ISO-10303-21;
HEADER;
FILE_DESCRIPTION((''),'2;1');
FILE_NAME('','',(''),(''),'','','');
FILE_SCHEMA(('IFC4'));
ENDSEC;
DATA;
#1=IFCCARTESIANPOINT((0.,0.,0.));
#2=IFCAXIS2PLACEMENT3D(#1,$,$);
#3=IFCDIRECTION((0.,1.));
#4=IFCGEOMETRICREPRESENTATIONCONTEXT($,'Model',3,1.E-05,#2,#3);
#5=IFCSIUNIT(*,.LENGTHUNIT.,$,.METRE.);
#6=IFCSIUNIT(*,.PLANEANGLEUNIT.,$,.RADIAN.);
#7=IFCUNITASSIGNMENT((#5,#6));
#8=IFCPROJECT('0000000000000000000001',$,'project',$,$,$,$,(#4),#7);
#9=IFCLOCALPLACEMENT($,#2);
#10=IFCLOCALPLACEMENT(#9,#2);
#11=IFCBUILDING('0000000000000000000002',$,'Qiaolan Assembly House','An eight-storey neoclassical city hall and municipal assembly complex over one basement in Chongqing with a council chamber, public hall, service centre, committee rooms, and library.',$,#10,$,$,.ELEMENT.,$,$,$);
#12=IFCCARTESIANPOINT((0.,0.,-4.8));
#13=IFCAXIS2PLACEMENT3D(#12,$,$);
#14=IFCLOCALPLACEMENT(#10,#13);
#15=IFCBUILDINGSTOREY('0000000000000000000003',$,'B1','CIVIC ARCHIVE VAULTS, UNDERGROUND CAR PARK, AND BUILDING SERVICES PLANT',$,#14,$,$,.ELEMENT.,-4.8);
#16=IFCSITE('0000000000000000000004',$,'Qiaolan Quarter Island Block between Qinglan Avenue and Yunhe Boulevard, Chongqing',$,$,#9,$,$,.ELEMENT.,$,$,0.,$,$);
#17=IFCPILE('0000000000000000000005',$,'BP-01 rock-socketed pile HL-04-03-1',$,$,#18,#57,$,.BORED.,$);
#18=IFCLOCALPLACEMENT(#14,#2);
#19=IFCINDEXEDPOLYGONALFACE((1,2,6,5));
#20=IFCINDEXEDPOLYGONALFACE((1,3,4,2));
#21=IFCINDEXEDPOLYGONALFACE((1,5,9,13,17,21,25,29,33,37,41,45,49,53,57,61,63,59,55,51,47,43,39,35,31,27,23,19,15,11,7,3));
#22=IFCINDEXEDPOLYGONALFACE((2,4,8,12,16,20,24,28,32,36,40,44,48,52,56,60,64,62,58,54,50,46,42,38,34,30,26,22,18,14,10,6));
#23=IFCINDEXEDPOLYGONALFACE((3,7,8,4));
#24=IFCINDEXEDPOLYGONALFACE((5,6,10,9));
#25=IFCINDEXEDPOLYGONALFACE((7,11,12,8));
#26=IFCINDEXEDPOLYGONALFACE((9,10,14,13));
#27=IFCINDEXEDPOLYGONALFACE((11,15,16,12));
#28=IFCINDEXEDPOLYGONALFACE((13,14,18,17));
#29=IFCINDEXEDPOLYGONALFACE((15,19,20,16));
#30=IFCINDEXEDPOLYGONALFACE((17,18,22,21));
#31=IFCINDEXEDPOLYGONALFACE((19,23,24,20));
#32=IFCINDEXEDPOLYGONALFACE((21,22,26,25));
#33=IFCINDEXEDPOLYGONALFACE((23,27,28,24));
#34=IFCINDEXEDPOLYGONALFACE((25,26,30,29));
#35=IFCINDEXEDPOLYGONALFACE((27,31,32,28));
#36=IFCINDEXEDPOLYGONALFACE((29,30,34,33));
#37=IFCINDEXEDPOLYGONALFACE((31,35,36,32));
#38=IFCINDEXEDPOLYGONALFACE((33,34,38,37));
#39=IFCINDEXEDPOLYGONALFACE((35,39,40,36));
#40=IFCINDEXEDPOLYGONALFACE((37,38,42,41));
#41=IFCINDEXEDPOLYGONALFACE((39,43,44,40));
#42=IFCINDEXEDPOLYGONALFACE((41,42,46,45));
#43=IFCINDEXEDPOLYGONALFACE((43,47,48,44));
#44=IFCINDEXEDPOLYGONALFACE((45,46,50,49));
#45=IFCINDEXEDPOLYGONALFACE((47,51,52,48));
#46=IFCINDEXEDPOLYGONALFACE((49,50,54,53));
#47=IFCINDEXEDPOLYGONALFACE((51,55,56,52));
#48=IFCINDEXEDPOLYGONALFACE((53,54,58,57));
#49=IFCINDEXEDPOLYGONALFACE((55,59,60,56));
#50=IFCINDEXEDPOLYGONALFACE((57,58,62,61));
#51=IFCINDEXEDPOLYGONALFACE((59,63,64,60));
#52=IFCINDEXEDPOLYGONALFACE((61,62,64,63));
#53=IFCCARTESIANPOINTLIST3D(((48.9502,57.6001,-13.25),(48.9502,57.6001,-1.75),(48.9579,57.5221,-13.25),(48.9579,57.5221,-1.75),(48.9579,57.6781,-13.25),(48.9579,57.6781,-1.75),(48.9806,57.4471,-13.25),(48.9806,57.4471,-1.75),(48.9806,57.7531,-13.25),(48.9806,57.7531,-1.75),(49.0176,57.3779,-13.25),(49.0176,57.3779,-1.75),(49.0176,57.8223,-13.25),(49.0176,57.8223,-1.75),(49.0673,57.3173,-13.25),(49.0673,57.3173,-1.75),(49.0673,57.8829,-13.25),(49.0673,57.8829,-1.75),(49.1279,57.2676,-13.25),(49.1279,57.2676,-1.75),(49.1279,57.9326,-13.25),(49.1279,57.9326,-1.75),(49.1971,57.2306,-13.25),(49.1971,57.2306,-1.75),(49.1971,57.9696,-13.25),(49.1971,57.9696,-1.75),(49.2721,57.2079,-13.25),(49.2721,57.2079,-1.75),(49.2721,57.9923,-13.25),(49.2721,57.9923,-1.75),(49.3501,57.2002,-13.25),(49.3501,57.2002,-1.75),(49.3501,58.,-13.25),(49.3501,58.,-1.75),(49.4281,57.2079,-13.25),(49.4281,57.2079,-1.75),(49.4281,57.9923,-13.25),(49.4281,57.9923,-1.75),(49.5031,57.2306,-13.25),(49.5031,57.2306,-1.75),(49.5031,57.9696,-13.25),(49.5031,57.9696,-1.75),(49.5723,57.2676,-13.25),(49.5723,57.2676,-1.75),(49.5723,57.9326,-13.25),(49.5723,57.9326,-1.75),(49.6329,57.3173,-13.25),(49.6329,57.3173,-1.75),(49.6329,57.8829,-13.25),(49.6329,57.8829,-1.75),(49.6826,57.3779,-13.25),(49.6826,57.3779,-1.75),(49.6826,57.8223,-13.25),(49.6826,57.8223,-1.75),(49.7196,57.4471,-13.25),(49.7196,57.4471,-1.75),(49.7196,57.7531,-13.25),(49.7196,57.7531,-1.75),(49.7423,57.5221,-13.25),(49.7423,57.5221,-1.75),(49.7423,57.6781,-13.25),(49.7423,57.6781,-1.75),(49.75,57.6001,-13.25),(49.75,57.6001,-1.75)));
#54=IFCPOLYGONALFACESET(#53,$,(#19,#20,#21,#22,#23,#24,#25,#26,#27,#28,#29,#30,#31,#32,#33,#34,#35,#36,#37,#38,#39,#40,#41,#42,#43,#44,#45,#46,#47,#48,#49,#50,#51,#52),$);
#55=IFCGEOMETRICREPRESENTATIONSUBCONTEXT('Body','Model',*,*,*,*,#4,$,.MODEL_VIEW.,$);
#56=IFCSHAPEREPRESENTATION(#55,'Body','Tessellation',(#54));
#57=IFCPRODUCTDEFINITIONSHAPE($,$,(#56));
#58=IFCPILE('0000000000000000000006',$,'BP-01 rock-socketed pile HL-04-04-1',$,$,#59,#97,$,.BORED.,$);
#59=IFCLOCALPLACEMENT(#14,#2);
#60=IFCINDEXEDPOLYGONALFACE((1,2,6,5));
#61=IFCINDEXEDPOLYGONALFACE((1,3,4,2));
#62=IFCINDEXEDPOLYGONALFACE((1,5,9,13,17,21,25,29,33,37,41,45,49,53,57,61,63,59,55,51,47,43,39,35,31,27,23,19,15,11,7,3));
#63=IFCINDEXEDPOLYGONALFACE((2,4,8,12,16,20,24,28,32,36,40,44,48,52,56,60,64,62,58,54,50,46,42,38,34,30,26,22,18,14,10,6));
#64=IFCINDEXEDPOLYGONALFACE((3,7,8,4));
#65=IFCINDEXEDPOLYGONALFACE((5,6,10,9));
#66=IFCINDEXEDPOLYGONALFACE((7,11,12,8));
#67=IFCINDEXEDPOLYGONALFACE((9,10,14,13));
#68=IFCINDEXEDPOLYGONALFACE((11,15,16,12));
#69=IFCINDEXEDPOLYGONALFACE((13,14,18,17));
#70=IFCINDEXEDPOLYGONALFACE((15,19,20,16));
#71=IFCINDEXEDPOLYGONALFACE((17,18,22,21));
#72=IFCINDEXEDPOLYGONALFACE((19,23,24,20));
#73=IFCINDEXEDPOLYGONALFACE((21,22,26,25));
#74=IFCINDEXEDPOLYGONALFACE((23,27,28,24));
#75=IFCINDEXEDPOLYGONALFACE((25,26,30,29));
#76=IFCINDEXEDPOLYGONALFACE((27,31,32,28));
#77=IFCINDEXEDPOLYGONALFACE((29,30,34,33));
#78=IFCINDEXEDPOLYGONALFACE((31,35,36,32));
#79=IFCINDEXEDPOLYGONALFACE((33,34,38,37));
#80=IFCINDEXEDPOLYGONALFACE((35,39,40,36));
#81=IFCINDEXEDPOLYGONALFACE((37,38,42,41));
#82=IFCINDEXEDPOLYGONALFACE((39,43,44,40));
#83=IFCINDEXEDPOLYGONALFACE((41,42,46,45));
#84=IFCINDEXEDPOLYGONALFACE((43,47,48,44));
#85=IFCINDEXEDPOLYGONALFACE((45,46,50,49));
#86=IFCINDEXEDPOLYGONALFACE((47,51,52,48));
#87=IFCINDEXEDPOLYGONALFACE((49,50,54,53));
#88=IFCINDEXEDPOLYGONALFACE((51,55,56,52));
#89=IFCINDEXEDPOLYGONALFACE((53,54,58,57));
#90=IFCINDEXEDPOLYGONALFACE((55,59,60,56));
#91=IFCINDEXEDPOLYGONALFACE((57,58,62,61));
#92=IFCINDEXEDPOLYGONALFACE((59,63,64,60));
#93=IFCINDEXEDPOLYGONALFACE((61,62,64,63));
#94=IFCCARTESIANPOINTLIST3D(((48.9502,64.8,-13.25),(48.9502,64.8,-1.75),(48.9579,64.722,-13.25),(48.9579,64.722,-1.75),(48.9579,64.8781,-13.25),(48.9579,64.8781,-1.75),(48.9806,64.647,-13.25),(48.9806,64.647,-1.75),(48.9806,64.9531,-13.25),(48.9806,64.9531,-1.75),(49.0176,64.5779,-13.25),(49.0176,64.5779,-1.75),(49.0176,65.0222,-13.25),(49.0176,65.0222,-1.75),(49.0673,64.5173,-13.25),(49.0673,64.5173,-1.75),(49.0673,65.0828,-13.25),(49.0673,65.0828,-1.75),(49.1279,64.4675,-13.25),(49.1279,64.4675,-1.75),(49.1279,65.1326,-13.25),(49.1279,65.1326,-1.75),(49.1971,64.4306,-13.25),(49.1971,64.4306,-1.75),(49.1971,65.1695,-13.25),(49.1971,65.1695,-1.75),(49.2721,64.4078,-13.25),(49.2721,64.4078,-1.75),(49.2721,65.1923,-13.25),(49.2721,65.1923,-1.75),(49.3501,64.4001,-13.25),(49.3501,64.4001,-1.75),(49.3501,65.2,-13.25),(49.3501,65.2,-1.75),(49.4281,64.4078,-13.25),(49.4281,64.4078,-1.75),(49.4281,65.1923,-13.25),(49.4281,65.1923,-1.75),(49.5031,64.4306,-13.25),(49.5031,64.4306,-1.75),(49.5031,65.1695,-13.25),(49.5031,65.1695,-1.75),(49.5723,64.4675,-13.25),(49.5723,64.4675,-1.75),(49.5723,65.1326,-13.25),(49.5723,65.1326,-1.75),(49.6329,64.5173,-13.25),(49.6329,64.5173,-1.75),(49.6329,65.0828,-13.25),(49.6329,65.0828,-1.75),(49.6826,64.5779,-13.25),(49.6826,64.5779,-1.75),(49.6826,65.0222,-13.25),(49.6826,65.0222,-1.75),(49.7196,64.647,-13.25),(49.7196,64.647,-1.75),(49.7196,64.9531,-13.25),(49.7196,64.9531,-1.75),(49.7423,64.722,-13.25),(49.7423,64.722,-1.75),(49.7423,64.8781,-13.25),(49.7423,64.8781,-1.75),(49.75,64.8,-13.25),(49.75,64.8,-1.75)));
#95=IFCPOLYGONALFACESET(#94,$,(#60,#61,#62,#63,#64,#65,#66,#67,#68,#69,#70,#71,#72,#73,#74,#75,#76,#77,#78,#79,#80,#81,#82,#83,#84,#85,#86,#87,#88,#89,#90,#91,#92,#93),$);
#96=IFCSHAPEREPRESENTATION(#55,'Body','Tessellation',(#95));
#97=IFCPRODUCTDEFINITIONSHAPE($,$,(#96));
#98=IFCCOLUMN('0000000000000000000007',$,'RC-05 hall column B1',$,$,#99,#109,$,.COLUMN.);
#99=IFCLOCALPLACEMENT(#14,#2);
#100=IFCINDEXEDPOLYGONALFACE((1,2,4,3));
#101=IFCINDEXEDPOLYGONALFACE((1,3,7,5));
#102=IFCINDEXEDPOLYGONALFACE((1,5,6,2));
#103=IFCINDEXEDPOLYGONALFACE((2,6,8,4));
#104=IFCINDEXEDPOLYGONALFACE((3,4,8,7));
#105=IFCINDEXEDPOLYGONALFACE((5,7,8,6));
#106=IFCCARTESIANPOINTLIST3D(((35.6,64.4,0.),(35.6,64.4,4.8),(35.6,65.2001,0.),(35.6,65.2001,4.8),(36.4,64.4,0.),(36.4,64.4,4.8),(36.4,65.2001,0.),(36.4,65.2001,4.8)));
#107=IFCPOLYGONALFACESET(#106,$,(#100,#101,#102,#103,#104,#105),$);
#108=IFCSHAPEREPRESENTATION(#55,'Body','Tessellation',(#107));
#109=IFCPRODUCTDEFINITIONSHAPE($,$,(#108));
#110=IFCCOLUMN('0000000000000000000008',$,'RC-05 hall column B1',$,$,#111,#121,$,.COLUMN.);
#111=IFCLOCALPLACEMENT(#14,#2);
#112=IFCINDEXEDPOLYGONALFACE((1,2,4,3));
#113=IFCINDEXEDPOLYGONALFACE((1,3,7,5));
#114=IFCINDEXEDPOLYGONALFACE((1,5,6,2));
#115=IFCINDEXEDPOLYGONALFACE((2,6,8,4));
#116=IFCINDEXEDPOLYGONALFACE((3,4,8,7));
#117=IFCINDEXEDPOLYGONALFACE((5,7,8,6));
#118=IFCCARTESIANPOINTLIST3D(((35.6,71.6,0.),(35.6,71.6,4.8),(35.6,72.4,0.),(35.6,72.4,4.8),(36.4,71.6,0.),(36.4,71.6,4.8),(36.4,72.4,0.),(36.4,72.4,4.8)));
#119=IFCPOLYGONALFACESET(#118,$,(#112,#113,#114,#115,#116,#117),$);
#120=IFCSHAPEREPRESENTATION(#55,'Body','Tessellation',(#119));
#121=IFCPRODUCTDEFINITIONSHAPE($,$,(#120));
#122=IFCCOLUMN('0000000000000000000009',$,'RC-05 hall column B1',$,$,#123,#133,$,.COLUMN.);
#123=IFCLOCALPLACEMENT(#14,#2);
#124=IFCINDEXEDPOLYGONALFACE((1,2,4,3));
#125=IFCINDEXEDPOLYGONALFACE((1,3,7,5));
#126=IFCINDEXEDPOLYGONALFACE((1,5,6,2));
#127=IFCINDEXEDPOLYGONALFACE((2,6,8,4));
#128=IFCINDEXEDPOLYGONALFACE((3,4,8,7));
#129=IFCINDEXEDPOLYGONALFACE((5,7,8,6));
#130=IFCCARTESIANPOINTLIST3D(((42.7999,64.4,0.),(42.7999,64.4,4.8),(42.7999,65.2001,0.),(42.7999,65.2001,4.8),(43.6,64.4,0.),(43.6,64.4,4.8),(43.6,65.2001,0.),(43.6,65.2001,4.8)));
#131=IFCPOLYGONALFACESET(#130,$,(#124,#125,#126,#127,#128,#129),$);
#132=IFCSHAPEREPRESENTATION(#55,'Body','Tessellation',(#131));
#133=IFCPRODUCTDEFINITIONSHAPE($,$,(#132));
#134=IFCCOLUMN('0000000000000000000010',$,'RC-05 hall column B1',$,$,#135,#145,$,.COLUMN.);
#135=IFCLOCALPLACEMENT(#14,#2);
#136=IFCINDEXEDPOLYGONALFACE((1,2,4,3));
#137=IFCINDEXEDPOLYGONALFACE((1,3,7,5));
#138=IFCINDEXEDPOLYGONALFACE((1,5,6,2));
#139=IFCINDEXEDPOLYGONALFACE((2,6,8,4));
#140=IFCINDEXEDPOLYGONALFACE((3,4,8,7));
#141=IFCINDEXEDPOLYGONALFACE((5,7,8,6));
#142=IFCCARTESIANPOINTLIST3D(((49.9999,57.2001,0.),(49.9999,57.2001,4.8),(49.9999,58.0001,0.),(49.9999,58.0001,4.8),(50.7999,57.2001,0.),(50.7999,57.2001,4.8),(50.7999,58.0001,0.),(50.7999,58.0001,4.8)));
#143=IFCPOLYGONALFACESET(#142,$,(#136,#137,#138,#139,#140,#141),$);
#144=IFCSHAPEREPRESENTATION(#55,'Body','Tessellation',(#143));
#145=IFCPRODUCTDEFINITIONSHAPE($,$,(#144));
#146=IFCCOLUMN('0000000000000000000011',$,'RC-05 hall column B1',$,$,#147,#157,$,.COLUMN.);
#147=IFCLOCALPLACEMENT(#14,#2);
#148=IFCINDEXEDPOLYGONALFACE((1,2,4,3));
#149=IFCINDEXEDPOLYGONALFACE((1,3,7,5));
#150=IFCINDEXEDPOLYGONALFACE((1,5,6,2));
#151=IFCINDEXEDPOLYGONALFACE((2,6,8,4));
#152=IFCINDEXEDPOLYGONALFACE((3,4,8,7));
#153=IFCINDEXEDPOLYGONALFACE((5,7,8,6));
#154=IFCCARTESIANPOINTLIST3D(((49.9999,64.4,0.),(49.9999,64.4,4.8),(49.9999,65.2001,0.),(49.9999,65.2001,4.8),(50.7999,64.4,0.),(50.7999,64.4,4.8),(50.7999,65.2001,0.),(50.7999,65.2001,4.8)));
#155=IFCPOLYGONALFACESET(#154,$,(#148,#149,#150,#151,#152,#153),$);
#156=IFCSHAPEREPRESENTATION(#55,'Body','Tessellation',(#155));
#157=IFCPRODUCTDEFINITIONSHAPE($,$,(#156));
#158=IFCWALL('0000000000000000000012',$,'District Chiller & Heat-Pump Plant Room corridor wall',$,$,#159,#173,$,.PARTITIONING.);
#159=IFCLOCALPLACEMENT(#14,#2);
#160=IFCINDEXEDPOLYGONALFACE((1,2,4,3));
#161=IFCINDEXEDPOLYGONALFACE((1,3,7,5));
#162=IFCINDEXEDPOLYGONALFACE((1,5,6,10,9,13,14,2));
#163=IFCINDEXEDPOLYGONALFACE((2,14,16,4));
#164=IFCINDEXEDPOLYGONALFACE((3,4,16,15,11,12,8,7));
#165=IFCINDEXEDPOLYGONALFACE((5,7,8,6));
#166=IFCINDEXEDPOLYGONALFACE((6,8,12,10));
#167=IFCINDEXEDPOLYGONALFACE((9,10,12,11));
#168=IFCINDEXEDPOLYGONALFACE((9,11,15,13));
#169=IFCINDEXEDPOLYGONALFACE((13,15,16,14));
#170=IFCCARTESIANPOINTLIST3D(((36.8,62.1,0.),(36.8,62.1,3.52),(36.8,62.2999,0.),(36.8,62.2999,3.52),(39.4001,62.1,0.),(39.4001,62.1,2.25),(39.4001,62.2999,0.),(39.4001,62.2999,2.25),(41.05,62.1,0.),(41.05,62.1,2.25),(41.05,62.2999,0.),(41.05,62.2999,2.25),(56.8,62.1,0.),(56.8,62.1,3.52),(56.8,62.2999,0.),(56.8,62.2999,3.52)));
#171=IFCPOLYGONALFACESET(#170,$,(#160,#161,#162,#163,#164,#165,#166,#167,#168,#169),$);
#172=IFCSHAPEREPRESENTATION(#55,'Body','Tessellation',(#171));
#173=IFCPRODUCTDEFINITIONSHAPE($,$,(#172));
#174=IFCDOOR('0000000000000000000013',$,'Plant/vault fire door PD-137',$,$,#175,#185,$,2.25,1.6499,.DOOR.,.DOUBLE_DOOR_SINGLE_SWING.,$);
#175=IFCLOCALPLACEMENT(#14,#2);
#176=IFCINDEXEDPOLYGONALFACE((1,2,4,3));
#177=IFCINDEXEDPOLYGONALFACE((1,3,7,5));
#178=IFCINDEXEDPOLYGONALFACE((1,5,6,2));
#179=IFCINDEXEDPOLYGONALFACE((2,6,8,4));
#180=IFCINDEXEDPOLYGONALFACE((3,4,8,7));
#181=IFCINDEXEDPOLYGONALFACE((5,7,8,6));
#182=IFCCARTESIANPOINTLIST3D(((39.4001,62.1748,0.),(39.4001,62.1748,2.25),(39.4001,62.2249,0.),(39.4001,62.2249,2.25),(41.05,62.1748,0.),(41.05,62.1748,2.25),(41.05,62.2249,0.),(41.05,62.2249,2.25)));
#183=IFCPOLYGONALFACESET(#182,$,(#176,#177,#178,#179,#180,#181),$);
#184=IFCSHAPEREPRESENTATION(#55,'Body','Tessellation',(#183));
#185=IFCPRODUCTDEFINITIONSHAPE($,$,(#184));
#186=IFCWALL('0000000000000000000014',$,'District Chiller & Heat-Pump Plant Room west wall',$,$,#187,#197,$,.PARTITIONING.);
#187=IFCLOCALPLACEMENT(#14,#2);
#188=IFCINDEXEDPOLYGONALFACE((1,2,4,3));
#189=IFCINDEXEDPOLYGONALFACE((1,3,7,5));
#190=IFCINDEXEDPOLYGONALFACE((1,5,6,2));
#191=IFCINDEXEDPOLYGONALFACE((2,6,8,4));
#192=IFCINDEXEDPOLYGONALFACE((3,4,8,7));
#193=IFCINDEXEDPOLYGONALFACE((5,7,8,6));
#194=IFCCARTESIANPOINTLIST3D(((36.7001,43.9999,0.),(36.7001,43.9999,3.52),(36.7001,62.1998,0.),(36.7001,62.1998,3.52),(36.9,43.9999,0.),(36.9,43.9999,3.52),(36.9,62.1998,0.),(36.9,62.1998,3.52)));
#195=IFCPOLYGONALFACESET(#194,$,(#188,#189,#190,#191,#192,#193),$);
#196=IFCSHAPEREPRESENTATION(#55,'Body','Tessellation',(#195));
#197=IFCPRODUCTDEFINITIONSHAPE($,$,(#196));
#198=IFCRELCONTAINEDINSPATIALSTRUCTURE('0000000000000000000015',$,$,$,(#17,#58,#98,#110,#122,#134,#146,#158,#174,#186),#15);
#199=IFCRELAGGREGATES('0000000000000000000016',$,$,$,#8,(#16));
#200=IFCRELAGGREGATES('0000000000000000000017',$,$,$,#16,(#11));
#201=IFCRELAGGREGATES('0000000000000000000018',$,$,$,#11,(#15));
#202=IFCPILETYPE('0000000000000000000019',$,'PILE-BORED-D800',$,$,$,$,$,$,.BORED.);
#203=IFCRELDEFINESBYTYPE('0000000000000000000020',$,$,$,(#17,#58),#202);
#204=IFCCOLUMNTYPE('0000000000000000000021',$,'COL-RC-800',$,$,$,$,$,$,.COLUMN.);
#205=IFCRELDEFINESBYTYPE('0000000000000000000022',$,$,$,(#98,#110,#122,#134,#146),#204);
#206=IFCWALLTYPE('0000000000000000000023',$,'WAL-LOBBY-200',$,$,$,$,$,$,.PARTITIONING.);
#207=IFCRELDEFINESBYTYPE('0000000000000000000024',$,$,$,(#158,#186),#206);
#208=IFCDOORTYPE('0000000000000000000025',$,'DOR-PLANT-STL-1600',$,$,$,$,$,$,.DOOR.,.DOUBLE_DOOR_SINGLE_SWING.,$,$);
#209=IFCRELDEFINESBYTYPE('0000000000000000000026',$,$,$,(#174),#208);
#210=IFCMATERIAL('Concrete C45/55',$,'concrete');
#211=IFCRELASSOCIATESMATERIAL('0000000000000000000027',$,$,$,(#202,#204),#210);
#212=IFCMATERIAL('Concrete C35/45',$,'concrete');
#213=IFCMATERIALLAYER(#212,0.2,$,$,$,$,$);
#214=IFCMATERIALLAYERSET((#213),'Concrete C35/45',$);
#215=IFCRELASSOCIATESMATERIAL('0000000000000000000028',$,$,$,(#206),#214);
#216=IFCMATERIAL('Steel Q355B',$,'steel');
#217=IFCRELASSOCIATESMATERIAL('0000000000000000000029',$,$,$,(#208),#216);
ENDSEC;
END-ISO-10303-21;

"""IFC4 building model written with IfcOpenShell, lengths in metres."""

from ifc_helpers import new_model, si_unit, direction, frame, frame_2d, origin, origin_2d, place, context, subcontext, project, spatial, rectangle, circle, extrude, material, layer, layer_set, material_profile, profile_set, type_object, element, fill, save


model = new_model("IFC4")

# Units and contexts
model_context = context("Model", 3, precision=1e-05, world=origin(), true_north=direction((0.0, 1.0)))
body_context = subcontext(model_context, "Body", "Model", "MODEL_VIEW")
ifc_project = project(units=[si_unit("LENGTHUNIT", "METRE"), si_unit("PLANEANGLEUNIT", "RADIAN")], contexts=[model_context])

# Site, building, storey
site_placement = place(None, origin())
site = spatial("IfcSite", under=ifc_project, at=site_placement, Name="Qiaolan Quarter Island Block between Qinglan Avenue and Yunhe Boulevard, Chongqing", CompositionType="ELEMENT", RefElevation=0.0)
building_placement = place(site_placement, origin())
building = spatial("IfcBuilding", under=site, at=building_placement, Name="Qiaolan Assembly House", Description="An eight-storey neoclassical city hall and municipal assembly complex over one basement in Chongqing with a council chamber, public hall, service centre, committee rooms, and library.", CompositionType="ELEMENT")
storey_placement = place(building_placement, frame((0.0, 0.0, -4.8)))
storey = spatial("IfcBuildingStorey", under=building, at=storey_placement, Name="B1", Description="CIVIC ARCHIVE VAULTS, UNDERGROUND CAR PARK, AND BUILDING SERVICES PLANT", CompositionType="ELEMENT", Elevation=-4.8)

# Piles
ifc_material_1 = material(Name="Concrete C45/55", Category="concrete")
ifc_material_profile_1 = material_profile(ifc_material_1, circle(Radius=0.3999, at=origin_2d()), Name="PILE D800")
ifc_profile_set_1 = profile_set([ifc_material_profile_1], Name="Concrete C45/55")
pile_type = type_object("IfcPileType", Name="PILE-BORED-D800", PredefinedType="BORED", material=ifc_profile_set_1)
for number, where, z_axis, x_axis, name in (
    (1, (49.3501, 57.6001, -1.75), (0.0, 0.0, -1.0), (1.0, 0.0, 0.0), "BP-01 rock-socketed pile HL-04-03-1"),
    (2, (49.3501, 64.8, -1.75), (0.0, 0.0, -1.0), (1.0, 0.0, 0.0), "BP-01 rock-socketed pile HL-04-04-1"),
):
    element("IfcPile", number, at=place(storey_placement, frame(where, z_axis=z_axis, x_axis=x_axis)), inside=storey, type_object=pile_type, Name=name, PredefinedType="BORED", context=body_context, shape_type="SweptSolid", body=[
        extrude(circle(Radius=0.3999, at=origin_2d()), origin(), (0.0, 0.0, 1.0), 11.5),
    ])

# Columns
ifc_material_profile_2 = material_profile(ifc_material_1, rectangle(XDim=0.8, YDim=0.8, at=origin_2d()), Name="RC 800x800")
ifc_profile_set_2 = profile_set([ifc_material_profile_2], Name="Concrete C45/55")
column_type = type_object("IfcColumnType", Name="COL-RC-800", PredefinedType="COLUMN", material=ifc_profile_set_2)
for number, where, z_axis, x_axis, name in (
    (3, (36.0, 64.8, 0.0), (0.0, 0.0, 1.0), (1.0, 0.0, 0.0), "RC-05 hall column B1"),
    (4, (36.0, 72.0, 0.0), (0.0, 0.0, 1.0), (1.0, 0.0, 0.0), "RC-05 hall column B1"),
    (5, (43.2, 64.8, 0.0), (0.0, 0.0, 1.0), (1.0, 0.0, 0.0), "RC-05 hall column B1"),
    (6, (50.3999, 57.6001, 0.0), (0.0, 0.0, 1.0), (1.0, 0.0, 0.0), "RC-05 hall column B1"),
    (7, (50.3999, 64.8, 0.0), (0.0, 0.0, 1.0), (1.0, 0.0, 0.0), "RC-05 hall column B1"),
):
    element("IfcColumn", number, at=place(storey_placement, frame(where, z_axis=z_axis, x_axis=x_axis)), inside=storey, type_object=column_type, Name=name, PredefinedType="COLUMN", context=body_context, shape_type="SweptSolid", body=[
        extrude(rectangle(XDim=0.8, YDim=0.8, at=origin_2d()), origin(), (0.0, 0.0, 1.0), 4.8),
    ])

# Wall, opening, door
ifc_material_2 = material(Name="Concrete C35/45", Category="concrete")
ifc_layer_1 = layer(ifc_material_2, 0.2)
ifc_layer_set_1 = layer_set([ifc_layer_1], Name="Concrete C35/45")
wall_type_1 = type_object("IfcWallType", Name="WAL-LOBBY-200", PredefinedType="PARTITIONING", material=ifc_layer_set_1)
wall_1_placement = place(storey_placement, frame((36.8, 62.2, 0.0), z_axis=(0.0, 0.0, 1.0), x_axis=(1.0, 0.0, 0.0)))
wall_1 = element("IfcWall", 8, at=wall_1_placement, inside=storey, type_object=wall_type_1, Name="District Chiller & Heat-Pump Plant Room corridor wall", PredefinedType="PARTITIONING", context=body_context, shape_type="SweptSolid", body=[
    extrude(rectangle(XDim=20.0, YDim=0.2, at=frame_2d((10.0, 0.0))), origin(), (0.0, 0.0, 1.0), 3.52),
])
opening_1_placement = place(wall_1_placement, frame((2.6001, 0.0, 0.0)))
opening_1 = element("IfcOpeningElement", 9, at=opening_1_placement, cuts=wall_1, PredefinedType="OPENING", context=body_context, shape_type="SweptSolid", body=[
    extrude(rectangle(XDim=1.6499, YDim=2.25, at=frame_2d((0.825, 1.125))), frame((0.0, 0.1099, 0.0), z_axis=(0.0, -1.0, 0.0), x_axis=(1.0, 0.0, 0.0)), (0.0, 0.0, 1.0), 0.22),
])
ifc_material_3 = material(Name="Steel Q355B", Category="steel")
door_type_1 = type_object("IfcDoorType", Name="DOR-PLANT-STL-1600", OperationType="DOUBLE_DOOR_SINGLE_SWING", PredefinedType="DOOR", material=ifc_material_3)
door_1_placement = place(opening_1_placement, origin())
door_1 = element("IfcDoor", 10, at=door_1_placement, inside=storey, type_object=door_type_1, Name="Plant/vault fire door PD-137", OperationType="DOUBLE_DOOR_SINGLE_SWING", OverallHeight=2.25, OverallWidth=1.6499, PredefinedType="DOOR", context=body_context, shape_type="SweptSolid", body=[
    extrude(rectangle(XDim=1.6499, YDim=2.25, at=frame_2d((0.825, 1.125))), frame((0.0, 0.0249, 0.0), z_axis=(0.0, -1.0, 0.0), x_axis=(1.0, 0.0, 0.0)), (0.0, 0.0, 1.0), 0.05),
])
fill(opening_1, door_1)

# Wall
wall_2_placement = place(storey_placement, frame((36.8, 62.2, 0.0), z_axis=(0.0, 0.0, 1.0), x_axis=(0.0, -1.0, 0.0)))
element("IfcWall", 11, at=wall_2_placement, inside=storey, type_object=wall_type_1, Name="District Chiller & Heat-Pump Plant Room west wall", PredefinedType="PARTITIONING", context=body_context, shape_type="SweptSolid", body=[
    extrude(rectangle(XDim=18.2, YDim=0.2, at=frame_2d((9.1001, 0.0))), origin(), (0.0, 0.0, 1.0), 3.52),
])

save(model, "model.ifc")
